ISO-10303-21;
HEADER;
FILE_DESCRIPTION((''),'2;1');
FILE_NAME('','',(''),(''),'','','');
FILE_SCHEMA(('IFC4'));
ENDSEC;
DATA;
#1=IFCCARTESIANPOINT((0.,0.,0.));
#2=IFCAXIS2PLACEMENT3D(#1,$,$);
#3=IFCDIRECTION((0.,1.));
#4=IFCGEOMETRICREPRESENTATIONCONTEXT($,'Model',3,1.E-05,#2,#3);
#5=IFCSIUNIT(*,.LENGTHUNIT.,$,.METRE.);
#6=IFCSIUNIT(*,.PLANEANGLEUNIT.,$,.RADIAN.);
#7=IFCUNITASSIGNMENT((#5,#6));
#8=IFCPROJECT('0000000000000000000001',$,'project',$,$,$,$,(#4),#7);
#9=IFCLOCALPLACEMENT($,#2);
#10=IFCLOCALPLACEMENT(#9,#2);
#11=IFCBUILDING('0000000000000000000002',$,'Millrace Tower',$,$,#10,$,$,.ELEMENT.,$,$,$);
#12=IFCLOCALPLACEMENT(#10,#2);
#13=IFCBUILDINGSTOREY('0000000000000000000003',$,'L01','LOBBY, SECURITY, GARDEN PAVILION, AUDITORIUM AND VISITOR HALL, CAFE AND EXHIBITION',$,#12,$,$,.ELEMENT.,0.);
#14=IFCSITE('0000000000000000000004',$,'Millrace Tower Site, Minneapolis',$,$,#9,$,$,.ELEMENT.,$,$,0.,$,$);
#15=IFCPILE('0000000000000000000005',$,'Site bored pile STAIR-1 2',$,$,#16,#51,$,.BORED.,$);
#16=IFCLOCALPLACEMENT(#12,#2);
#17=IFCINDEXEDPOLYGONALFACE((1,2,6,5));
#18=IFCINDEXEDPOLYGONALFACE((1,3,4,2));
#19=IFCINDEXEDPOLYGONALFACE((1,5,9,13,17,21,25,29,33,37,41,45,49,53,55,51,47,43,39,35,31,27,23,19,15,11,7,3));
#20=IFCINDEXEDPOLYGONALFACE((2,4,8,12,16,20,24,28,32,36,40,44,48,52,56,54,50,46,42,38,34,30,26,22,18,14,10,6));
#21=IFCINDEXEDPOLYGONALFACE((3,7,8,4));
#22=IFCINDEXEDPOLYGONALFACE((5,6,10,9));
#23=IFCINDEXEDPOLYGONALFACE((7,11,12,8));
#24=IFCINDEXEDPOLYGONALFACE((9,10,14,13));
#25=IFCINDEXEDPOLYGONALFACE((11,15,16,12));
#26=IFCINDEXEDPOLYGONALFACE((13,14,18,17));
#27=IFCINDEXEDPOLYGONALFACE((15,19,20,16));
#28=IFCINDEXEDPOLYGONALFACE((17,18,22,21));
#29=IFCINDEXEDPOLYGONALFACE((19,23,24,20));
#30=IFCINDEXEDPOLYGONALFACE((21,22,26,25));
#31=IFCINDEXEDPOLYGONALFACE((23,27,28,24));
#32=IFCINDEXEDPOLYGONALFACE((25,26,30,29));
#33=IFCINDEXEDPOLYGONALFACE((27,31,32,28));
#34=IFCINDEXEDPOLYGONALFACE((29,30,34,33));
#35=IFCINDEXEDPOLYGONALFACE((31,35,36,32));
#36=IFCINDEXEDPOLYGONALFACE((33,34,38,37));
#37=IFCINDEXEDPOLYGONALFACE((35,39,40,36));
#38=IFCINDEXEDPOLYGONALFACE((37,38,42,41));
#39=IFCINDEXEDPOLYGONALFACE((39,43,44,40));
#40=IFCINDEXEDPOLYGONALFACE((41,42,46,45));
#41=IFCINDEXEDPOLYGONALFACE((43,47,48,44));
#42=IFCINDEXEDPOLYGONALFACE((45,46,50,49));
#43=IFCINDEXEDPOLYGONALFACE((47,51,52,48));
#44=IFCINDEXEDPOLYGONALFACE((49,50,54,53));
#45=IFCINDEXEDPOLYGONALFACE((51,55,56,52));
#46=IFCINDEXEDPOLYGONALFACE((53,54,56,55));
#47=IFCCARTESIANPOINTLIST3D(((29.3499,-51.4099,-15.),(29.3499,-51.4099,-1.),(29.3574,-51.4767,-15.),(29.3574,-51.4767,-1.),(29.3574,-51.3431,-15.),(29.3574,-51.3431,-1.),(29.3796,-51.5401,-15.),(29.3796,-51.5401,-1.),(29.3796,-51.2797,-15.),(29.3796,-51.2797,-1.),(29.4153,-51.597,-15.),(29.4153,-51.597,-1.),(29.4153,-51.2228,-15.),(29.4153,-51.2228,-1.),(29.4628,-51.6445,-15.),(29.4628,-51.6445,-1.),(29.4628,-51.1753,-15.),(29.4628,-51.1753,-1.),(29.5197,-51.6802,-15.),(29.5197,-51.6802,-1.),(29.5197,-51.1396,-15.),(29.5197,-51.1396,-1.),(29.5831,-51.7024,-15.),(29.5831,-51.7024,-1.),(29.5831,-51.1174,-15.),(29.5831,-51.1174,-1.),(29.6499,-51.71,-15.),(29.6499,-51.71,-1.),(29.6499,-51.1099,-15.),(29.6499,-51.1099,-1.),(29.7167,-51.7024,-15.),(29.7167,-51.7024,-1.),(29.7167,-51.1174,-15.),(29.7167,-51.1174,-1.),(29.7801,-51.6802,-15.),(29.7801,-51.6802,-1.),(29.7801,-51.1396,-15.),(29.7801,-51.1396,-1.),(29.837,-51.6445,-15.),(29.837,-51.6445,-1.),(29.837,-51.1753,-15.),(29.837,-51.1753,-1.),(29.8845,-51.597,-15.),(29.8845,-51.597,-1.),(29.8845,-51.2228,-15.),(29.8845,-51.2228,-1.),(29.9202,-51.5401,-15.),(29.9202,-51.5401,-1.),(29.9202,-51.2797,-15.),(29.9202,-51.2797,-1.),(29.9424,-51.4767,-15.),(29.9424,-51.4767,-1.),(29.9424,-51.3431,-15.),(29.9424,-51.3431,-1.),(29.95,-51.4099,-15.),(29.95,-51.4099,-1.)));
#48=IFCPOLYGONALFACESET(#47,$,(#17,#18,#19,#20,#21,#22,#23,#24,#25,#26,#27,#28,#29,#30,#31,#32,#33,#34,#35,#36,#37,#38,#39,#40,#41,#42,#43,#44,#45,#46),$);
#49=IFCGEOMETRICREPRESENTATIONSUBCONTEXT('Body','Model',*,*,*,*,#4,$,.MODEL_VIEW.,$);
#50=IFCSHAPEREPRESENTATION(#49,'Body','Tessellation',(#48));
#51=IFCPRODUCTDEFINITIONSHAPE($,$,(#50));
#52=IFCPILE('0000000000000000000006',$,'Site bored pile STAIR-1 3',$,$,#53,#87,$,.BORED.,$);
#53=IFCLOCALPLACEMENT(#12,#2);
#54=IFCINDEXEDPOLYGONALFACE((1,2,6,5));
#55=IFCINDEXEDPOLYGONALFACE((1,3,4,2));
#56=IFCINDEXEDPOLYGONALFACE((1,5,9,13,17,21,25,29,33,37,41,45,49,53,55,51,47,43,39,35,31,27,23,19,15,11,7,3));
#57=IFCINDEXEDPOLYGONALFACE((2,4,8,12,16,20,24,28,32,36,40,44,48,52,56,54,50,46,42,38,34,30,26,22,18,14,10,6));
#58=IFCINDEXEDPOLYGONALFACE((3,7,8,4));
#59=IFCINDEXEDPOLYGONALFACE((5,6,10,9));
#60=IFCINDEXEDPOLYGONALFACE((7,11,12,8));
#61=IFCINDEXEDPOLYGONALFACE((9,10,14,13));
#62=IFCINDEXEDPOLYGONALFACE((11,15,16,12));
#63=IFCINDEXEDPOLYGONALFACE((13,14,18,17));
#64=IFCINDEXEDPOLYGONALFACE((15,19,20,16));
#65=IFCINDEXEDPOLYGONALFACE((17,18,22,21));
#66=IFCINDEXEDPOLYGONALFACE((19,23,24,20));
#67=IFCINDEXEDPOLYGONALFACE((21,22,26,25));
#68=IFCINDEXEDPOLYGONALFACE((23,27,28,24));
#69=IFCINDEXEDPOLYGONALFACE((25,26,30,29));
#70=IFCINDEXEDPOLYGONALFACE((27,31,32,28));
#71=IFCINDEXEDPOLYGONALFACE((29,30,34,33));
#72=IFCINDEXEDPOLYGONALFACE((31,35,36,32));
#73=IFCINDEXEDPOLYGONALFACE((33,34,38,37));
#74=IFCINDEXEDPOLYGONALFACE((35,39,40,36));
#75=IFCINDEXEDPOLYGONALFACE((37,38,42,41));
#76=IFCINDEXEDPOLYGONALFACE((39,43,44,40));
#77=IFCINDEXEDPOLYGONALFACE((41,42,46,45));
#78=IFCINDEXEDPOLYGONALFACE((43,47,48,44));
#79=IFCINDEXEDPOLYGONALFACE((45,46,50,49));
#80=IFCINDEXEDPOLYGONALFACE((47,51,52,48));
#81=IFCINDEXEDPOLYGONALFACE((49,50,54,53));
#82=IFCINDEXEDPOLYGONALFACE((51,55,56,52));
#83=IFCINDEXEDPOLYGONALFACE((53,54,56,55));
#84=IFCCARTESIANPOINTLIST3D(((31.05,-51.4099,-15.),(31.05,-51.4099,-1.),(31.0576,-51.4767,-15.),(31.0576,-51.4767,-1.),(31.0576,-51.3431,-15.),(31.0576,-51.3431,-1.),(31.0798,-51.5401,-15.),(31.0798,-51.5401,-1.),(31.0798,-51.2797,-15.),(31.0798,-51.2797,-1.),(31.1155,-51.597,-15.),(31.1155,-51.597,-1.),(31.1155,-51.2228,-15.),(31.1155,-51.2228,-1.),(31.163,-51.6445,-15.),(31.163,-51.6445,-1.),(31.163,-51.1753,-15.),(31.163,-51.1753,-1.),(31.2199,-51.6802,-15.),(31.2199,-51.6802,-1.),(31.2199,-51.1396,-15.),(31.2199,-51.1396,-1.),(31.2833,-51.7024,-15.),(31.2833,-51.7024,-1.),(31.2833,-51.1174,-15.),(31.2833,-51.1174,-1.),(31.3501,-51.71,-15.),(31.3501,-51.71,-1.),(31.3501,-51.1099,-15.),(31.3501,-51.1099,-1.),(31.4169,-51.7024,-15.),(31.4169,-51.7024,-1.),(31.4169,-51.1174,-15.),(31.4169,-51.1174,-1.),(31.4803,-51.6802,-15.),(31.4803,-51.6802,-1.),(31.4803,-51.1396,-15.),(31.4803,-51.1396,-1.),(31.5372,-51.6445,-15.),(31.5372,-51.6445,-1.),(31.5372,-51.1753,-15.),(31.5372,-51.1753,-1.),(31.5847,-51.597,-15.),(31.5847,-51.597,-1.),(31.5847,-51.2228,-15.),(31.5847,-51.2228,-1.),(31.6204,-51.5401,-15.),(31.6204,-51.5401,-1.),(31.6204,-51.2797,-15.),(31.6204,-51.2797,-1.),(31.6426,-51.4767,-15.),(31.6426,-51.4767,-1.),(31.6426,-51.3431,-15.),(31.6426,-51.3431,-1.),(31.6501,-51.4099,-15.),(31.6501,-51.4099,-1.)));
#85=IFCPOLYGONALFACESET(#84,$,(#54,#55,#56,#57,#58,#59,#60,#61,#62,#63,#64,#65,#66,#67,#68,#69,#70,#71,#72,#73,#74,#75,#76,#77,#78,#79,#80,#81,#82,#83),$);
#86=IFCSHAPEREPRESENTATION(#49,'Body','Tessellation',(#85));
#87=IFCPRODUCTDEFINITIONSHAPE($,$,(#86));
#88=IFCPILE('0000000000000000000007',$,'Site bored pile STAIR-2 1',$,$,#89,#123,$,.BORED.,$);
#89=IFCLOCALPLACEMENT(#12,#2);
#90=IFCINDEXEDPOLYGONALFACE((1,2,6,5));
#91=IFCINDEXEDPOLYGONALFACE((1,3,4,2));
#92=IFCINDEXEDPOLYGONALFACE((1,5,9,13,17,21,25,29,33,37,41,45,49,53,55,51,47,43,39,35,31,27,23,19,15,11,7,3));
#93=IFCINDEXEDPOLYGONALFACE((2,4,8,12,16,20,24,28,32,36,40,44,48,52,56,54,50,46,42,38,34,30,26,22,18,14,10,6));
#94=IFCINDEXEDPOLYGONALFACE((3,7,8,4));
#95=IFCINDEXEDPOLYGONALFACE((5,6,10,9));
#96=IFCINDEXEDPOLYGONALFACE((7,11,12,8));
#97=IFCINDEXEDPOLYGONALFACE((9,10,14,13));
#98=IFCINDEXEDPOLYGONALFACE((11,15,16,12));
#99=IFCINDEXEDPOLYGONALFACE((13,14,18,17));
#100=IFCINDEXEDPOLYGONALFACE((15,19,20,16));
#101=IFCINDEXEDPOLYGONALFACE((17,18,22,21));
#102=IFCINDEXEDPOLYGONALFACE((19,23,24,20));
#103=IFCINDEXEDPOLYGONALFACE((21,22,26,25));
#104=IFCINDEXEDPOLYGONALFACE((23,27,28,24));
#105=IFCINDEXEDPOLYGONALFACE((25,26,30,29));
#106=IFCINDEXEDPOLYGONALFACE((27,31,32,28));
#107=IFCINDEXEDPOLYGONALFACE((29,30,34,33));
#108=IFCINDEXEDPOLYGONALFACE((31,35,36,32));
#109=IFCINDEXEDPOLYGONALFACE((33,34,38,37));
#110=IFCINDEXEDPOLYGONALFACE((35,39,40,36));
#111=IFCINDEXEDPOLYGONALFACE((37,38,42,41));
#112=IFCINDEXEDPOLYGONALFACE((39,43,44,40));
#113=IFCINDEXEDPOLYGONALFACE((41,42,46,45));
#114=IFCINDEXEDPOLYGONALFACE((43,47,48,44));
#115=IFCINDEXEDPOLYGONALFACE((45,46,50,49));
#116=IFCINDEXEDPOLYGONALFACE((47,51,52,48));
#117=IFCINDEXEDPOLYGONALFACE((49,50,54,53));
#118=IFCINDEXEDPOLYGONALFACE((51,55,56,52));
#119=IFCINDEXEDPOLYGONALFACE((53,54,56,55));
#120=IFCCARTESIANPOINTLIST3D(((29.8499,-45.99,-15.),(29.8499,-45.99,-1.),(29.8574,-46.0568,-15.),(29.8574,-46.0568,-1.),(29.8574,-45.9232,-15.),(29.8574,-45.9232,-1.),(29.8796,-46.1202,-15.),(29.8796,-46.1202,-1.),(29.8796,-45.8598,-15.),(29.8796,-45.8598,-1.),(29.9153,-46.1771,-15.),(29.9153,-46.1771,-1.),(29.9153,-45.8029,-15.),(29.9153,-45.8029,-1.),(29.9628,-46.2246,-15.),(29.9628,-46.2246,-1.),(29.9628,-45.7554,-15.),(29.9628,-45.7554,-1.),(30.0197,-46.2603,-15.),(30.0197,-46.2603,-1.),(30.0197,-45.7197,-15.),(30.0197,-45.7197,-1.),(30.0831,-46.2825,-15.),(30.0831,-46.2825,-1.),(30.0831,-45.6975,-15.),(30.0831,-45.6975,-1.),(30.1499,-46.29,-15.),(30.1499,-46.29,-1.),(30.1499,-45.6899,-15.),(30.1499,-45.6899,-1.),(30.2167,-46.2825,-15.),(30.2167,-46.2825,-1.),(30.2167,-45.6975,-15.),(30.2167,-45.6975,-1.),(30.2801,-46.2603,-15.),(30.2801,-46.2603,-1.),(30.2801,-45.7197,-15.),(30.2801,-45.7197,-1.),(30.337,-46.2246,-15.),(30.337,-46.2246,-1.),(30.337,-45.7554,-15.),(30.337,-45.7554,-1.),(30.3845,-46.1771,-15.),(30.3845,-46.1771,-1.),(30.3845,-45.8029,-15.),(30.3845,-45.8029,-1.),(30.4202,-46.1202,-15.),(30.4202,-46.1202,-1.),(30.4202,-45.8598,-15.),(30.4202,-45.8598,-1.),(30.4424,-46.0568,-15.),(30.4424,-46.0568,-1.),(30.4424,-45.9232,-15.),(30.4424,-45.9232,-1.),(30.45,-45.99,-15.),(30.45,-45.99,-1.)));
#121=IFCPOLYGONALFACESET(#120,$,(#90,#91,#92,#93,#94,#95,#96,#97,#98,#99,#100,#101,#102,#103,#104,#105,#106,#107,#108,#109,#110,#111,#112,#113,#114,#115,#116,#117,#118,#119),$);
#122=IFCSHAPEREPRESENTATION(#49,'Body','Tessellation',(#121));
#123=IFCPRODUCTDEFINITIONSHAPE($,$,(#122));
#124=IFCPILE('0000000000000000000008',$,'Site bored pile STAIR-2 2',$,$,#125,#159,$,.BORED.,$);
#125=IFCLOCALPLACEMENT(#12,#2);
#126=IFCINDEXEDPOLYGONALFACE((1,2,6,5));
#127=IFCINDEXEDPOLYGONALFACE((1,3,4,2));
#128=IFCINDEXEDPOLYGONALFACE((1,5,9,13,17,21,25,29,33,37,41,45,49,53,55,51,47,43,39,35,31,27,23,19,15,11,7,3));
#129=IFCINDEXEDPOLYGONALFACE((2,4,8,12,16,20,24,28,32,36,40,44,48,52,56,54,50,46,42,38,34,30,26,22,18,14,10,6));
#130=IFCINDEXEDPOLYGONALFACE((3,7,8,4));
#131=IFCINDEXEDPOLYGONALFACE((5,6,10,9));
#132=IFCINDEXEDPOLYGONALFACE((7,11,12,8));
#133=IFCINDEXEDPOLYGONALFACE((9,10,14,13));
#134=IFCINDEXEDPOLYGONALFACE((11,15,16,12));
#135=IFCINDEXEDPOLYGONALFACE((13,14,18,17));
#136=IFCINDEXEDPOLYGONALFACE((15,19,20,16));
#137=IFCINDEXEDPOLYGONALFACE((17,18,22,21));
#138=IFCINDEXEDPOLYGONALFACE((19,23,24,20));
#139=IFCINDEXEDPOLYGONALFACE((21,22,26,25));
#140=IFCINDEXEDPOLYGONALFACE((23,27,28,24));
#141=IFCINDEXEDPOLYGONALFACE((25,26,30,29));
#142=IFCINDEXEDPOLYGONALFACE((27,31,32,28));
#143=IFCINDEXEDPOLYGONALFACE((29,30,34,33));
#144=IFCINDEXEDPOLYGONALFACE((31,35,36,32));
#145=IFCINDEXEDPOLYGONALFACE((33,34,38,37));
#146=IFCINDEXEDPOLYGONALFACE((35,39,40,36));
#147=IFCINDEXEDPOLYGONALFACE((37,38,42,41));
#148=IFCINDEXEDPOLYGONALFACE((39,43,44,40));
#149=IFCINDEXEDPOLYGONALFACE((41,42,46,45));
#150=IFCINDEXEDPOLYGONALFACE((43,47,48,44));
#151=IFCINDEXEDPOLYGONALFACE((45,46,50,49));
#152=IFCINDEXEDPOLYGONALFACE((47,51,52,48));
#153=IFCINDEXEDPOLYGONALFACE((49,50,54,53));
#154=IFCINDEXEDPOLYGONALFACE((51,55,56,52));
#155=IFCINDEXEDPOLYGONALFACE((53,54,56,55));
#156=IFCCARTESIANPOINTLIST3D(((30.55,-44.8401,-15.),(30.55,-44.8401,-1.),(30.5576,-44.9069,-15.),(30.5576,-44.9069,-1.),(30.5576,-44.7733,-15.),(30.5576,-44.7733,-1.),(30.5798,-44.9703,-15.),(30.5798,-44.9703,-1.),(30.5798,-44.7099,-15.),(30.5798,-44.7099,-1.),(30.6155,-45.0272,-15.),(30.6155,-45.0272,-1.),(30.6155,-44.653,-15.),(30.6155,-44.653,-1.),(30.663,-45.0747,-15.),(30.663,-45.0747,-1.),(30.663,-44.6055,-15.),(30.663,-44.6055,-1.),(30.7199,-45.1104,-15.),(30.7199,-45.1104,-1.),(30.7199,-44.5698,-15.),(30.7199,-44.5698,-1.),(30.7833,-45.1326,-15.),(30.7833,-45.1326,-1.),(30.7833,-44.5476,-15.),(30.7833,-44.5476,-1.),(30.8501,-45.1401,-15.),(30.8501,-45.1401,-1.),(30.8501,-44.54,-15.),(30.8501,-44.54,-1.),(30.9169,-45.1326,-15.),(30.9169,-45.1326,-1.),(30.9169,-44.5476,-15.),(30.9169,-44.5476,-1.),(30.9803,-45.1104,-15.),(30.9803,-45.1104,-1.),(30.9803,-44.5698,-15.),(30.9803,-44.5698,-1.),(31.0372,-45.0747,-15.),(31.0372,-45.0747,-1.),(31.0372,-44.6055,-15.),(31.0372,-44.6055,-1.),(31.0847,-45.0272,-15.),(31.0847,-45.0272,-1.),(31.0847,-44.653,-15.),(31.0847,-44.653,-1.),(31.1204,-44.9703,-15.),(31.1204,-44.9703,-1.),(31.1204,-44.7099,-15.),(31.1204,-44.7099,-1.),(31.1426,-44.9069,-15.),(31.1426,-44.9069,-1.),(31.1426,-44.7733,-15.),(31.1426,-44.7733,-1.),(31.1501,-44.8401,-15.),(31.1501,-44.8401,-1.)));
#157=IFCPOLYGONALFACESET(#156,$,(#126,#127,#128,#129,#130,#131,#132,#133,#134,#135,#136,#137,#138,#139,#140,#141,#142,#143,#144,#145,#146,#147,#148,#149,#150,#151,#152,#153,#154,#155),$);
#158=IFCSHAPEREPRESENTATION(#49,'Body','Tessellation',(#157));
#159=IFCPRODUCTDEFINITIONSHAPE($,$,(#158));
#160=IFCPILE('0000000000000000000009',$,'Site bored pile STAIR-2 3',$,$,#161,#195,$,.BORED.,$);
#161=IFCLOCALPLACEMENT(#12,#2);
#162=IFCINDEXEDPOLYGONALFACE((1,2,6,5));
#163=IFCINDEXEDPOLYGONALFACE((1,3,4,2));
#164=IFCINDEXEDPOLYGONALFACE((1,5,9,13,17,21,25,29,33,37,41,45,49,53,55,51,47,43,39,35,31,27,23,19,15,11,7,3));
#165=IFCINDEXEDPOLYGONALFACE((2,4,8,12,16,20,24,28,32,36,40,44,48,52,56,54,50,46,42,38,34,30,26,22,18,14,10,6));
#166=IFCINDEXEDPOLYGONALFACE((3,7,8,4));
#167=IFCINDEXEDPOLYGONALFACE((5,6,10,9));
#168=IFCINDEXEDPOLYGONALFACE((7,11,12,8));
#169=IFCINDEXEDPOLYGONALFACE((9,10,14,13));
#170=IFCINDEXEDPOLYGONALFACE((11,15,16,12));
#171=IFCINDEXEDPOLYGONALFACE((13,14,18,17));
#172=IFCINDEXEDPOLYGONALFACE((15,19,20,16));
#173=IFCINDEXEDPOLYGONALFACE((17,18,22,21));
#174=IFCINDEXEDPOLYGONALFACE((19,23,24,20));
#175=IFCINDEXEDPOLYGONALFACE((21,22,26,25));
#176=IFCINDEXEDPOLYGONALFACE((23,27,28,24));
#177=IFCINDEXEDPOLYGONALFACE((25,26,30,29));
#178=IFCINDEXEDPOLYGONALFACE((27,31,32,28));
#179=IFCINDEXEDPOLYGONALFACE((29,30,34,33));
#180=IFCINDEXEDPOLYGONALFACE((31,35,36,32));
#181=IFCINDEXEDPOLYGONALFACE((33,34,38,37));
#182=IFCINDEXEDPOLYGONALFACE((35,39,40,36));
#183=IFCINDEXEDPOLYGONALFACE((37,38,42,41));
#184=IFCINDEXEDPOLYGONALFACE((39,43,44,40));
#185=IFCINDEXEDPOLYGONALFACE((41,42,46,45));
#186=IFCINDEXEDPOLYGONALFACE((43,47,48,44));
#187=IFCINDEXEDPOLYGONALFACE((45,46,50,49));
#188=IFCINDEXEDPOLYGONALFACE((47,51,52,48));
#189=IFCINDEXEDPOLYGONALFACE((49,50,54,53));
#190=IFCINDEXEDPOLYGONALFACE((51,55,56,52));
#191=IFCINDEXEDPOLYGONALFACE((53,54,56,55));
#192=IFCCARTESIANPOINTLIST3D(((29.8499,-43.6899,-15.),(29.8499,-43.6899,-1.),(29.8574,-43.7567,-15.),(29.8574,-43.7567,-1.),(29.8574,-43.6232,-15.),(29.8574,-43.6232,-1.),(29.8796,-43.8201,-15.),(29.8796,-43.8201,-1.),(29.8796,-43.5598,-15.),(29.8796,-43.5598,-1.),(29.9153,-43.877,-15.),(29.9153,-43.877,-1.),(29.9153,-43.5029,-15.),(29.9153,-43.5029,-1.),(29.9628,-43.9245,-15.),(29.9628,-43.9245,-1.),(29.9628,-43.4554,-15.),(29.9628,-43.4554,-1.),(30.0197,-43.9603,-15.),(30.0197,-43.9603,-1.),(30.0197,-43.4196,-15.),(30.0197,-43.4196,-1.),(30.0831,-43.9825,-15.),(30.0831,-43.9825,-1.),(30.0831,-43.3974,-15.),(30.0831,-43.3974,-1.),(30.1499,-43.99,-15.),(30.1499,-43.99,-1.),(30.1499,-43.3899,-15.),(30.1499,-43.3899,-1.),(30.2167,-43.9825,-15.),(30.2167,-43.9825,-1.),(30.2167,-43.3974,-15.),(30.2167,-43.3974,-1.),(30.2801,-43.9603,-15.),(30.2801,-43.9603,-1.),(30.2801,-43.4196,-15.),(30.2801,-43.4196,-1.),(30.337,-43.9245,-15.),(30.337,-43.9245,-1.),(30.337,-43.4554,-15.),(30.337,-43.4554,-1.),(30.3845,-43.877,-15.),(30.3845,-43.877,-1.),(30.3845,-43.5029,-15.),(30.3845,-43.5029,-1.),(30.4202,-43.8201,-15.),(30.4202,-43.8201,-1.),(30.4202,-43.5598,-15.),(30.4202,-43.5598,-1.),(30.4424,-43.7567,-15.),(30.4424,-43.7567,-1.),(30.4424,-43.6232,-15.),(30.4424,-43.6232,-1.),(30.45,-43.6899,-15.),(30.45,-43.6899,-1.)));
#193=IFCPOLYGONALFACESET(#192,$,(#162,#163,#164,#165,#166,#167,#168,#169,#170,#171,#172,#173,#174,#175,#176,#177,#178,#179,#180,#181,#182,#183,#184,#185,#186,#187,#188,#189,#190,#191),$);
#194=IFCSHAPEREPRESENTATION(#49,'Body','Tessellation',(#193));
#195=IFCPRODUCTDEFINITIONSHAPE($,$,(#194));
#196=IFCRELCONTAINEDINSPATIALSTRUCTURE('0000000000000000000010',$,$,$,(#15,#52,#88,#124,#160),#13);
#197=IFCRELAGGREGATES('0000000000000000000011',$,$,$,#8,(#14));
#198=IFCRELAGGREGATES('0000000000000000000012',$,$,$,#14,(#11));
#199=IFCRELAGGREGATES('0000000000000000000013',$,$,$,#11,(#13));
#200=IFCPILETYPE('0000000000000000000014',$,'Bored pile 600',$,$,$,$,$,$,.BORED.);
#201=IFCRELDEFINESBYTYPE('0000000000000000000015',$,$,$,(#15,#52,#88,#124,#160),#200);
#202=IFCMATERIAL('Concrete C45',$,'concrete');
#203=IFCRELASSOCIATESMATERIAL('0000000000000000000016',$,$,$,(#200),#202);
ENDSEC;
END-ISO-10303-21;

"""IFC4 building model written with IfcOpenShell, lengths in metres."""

from ifc_helpers import new_model, si_unit, direction, frame, origin, origin_2d, place, context, subcontext, project, spatial, circle, extrude, material, material_profile, profile_set, type_object, element, save


model = new_model("IFC4")

# Units and contexts
model_context = context("Model", 3, precision=1e-05, world=origin(), true_north=direction((0.0, 1.0)))
body_context = subcontext(model_context, "Body", "Model", "MODEL_VIEW")
ifc_project = project(units=[si_unit("LENGTHUNIT", "METRE"), si_unit("PLANEANGLEUNIT", "RADIAN")], contexts=[model_context])

# Site, building, storey
site_placement = place(None, origin())
site = spatial("IfcSite", under=ifc_project, at=site_placement, Name="Millrace Tower Site, Minneapolis", CompositionType="ELEMENT", RefElevation=0.0)
building_placement = place(site_placement, origin())
building = spatial("IfcBuilding", under=site, at=building_placement, Name="Millrace Tower", CompositionType="ELEMENT")
storey_placement = place(building_placement, origin())
storey = spatial("IfcBuildingStorey", under=building, at=storey_placement, Name="L01", Description="LOBBY, SECURITY, GARDEN PAVILION, AUDITORIUM AND VISITOR HALL, CAFE AND EXHIBITION", CompositionType="ELEMENT", Elevation=0.0)

# Piles
ifc_material_1 = material(Name="Concrete C45", Category="concrete")
ifc_material_profile_1 = material_profile(ifc_material_1, circle(Radius=0.3, at=origin_2d()))
ifc_profile_set_1 = profile_set([ifc_material_profile_1], Name="Concrete C45")
pile_type = type_object("IfcPileType", Name="Bored pile 600", PredefinedType="BORED", material=ifc_profile_set_1)
for number, where, z_axis, x_axis, name in (
    (1, (29.6499, -51.4099, -1.0), (0.0, 0.0, -1.0), (1.0, 0.0, 0.0), "Site bored pile STAIR-1 2"),
    (2, (31.3501, -51.4099, -1.0), (0.0, 0.0, -1.0), (1.0, 0.0, 0.0), "Site bored pile STAIR-1 3"),
    (3, (30.1499, -45.99, -1.0), (0.0, 0.0, -1.0), (1.0, 0.0, 0.0), "Site bored pile STAIR-2 1"),
    (4, (30.8501, -44.8401, -1.0), (0.0, 0.0, -1.0), (1.0, 0.0, 0.0), "Site bored pile STAIR-2 2"),
    (5, (30.1499, -43.6899, -1.0), (0.0, 0.0, -1.0), (1.0, 0.0, 0.0), "Site bored pile STAIR-2 3"),
):
    element("IfcPile", number, at=place(storey_placement, frame(where, z_axis=z_axis, x_axis=x_axis)), inside=storey, type_object=pile_type, Name=name, PredefinedType="BORED", context=body_context, shape_type="SweptSolid", body=[
        extrude(circle(Radius=0.3, at=origin_2d()), origin(), (0.0, 0.0, 1.0), 14.0),
    ])

save(model, "model.ifc")
